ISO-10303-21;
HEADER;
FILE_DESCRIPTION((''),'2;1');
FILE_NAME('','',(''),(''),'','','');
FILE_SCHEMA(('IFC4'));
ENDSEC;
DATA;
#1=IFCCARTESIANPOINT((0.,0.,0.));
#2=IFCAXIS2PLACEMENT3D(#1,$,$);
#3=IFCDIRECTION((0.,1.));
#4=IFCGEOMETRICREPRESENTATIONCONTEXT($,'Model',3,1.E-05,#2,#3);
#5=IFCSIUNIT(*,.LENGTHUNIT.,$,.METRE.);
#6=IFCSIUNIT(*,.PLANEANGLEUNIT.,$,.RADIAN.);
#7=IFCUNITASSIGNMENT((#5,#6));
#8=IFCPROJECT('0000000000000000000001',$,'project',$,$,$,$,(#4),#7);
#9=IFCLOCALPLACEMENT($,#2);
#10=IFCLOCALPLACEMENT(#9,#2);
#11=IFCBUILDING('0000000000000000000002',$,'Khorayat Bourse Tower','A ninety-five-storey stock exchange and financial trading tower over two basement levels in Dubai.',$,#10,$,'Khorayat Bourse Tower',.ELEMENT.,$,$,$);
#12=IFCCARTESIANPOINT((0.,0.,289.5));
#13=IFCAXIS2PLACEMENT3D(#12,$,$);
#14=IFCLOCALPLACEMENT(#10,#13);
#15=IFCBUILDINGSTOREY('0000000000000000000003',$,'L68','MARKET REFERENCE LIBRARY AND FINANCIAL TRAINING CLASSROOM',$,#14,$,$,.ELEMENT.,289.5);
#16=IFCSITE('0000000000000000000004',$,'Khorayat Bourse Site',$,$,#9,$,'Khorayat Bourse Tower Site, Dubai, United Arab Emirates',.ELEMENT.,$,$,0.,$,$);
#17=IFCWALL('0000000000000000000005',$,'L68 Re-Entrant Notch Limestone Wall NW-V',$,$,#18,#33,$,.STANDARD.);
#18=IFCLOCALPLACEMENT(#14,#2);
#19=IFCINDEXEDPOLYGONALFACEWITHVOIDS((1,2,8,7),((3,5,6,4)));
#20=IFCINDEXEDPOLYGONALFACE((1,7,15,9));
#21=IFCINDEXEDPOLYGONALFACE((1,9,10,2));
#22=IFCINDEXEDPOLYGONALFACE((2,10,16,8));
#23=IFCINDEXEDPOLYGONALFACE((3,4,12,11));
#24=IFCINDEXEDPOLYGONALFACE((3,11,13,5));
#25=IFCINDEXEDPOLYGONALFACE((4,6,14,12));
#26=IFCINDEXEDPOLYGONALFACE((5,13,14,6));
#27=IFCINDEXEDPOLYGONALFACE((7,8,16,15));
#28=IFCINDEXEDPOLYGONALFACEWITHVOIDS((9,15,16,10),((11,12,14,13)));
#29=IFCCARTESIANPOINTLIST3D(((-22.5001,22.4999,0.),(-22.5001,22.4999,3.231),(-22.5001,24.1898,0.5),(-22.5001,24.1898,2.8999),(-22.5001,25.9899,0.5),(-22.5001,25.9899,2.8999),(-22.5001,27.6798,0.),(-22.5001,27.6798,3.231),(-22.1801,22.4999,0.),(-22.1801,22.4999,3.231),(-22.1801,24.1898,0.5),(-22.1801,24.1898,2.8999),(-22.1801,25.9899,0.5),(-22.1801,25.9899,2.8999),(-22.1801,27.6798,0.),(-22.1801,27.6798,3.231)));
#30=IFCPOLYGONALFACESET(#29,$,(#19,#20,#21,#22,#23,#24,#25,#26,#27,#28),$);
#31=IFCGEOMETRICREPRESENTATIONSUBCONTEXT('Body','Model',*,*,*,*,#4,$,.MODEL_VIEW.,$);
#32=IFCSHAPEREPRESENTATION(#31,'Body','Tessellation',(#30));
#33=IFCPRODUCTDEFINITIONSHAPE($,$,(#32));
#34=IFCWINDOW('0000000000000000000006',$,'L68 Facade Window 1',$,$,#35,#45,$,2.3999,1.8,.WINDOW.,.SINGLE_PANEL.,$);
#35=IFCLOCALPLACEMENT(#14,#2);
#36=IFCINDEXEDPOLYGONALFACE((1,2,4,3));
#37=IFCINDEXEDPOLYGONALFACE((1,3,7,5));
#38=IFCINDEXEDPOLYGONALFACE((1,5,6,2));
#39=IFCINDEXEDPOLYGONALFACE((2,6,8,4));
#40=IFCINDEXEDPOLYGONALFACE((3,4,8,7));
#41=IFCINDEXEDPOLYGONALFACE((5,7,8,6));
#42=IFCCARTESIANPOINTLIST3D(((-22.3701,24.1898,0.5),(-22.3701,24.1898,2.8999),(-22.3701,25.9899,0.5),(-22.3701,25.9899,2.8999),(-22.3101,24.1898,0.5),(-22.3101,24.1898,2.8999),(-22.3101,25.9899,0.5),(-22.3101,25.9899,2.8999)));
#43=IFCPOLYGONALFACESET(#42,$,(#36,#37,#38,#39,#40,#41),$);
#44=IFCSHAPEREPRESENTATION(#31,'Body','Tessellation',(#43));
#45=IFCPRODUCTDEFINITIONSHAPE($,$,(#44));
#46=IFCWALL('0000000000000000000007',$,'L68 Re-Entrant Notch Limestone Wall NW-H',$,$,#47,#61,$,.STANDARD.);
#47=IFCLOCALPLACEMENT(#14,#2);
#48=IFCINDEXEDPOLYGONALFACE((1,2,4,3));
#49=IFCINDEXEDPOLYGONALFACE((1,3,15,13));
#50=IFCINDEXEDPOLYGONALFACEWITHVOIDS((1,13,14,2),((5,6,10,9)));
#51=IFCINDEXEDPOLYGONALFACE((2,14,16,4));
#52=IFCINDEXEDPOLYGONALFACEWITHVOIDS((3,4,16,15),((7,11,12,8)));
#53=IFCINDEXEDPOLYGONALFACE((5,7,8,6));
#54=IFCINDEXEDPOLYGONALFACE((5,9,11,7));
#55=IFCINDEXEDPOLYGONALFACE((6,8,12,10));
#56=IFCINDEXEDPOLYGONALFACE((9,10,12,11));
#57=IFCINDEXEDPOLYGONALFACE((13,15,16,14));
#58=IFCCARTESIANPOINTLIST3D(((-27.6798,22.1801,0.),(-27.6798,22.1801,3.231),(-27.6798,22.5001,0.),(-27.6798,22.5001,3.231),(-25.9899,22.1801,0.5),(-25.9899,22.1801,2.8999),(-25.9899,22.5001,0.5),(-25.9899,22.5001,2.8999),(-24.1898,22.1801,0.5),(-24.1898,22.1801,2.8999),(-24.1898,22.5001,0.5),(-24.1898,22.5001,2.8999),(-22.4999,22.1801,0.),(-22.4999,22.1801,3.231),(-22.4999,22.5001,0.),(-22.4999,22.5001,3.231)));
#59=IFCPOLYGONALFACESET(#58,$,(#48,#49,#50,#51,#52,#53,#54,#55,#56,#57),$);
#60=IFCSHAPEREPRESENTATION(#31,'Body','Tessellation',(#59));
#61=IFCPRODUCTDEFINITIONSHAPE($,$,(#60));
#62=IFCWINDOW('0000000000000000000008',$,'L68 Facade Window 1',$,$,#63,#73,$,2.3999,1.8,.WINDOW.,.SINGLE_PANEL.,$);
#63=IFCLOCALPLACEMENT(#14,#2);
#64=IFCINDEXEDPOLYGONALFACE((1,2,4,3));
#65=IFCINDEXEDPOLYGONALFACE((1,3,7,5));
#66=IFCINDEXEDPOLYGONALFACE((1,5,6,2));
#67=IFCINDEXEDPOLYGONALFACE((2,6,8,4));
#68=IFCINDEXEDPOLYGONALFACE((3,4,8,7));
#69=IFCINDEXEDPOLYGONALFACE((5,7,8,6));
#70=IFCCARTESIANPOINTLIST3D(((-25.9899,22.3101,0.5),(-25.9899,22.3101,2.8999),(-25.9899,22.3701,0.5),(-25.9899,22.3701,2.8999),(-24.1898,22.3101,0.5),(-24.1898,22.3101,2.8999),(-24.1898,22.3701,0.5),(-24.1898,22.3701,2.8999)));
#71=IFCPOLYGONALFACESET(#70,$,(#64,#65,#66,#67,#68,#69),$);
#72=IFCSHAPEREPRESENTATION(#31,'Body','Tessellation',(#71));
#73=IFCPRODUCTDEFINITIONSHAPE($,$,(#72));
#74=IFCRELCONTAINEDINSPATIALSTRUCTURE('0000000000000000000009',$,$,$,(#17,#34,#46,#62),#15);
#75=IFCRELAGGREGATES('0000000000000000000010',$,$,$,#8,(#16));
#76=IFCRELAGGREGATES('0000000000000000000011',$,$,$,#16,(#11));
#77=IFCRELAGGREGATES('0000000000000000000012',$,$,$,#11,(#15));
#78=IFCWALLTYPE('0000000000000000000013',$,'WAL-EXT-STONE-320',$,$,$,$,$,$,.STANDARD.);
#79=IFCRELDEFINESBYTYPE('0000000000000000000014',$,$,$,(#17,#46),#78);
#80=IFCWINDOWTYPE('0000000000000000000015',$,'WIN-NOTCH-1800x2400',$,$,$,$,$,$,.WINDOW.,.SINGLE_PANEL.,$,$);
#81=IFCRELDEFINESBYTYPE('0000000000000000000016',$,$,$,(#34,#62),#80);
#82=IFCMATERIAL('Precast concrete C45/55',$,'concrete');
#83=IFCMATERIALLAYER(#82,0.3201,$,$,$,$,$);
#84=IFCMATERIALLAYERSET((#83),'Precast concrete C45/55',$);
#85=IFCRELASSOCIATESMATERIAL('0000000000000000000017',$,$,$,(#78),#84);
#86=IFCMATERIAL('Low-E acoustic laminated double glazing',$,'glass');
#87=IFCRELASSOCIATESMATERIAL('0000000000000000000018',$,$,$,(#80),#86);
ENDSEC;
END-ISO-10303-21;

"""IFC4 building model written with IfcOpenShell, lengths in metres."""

from ifc_helpers import new_model, si_unit, direction, frame, frame_2d, origin, place, context, subcontext, project, spatial, rectangle, extrude, source, transform, mapped, material, layer, layer_set, type_object, element, fill, save


model = new_model("IFC4")

# Units and contexts
model_context = context("Model", 3, precision=1e-05, world=origin(), true_north=direction((0.0, 1.0)))
body_context = subcontext(model_context, "Body", "Model", "MODEL_VIEW")
ifc_project = project(units=[si_unit("LENGTHUNIT", "METRE"), si_unit("PLANEANGLEUNIT", "RADIAN")], contexts=[model_context])

# Site, building, storey
site_placement = place(None, origin())
site = spatial("IfcSite", under=ifc_project, at=site_placement, Name="Khorayat Bourse Site", LongName="Khorayat Bourse Tower Site, Dubai, United Arab Emirates", CompositionType="ELEMENT", RefElevation=0.0)
building_placement = place(site_placement, origin())
building = spatial("IfcBuilding", under=site, at=building_placement, Name="Khorayat Bourse Tower", Description="A ninety-five-storey stock exchange and financial trading tower over two basement levels in Dubai.", LongName="Khorayat Bourse Tower", CompositionType="ELEMENT")
storey_placement = place(building_placement, frame((0.0, 0.0, 289.5)))
storey = spatial("IfcBuildingStorey", under=building, at=storey_placement, Name="L68", Description="MARKET REFERENCE LIBRARY AND FINANCIAL TRAINING CLASSROOM", CompositionType="ELEMENT", Elevation=289.5)

# Walls, openings, windows
ifc_material_1 = material(Name="Precast concrete C45/55", Category="concrete")
ifc_layer_1 = layer(ifc_material_1, 0.3201)
ifc_layer_set_1 = layer_set([ifc_layer_1], Name="Precast concrete C45/55")
wall_type = type_object("IfcWallType", Name="WAL-EXT-STONE-320", PredefinedType="STANDARD", material=ifc_layer_set_1)
shared_shape_1 = source(origin(), body_context, "Body", "SweptSolid", [
    extrude(rectangle(XDim=5.1799, YDim=0.3201, at=frame_2d((2.5898, 0.0))), origin(), (0.0, 0.0, 1.0), 3.231),
])
wall_1_placement = place(storey_placement, frame((-22.3401, 22.5, 0.0), z_axis=(0.0, 0.0, 1.0), x_axis=(0.0, 1.0, 0.0)))
wall_1 = element("IfcWall", 1, at=wall_1_placement, inside=storey, type_object=wall_type, Name="L68 Re-Entrant Notch Limestone Wall NW-V", PredefinedType="STANDARD", context=body_context, shape_type="MappedRepresentation", body=[
    mapped(shared_shape_1, transform((0.0, 0.0, 0.0), scale=1.0)),
])
shared_shape_2 = source(origin(), body_context, "Body", "SweptSolid", [
    extrude(rectangle(XDim=1.8, YDim=2.3999, at=frame_2d((0.8999, 1.2))), frame((0.0, 0.1699, 0.0), z_axis=(0.0, -1.0, 0.0), x_axis=(1.0, 0.0, 0.0)), (0.0, 0.0, 1.0), 0.3401),
])
opening_1_placement = place(wall_1_placement, frame((1.6899, 0.0, 0.5)))
opening_1 = element("IfcOpeningElement", 2, at=opening_1_placement, cuts=wall_1, PredefinedType="OPENING", context=body_context, shape_type="MappedRepresentation", body=[
    mapped(shared_shape_2, transform((0.0, 0.0, 0.0), scale=1.0)),
])
ifc_material_2 = material(Name="Low-E acoustic laminated double glazing", Category="glass")
window_type = type_object("IfcWindowType", Name="WIN-NOTCH-1800x2400", PartitioningType="SINGLE_PANEL", PredefinedType="WINDOW", material=ifc_material_2)
shared_shape_3 = source(origin(), body_context, "Body", "SweptSolid", [
    extrude(rectangle(XDim=1.8, YDim=2.3999, at=frame_2d((0.8999, 1.2))), frame((0.0, 0.03, 0.0), z_axis=(0.0, -1.0, 0.0), x_axis=(1.0, 0.0, 0.0)), (0.0, 0.0, 1.0), 0.0601),
])
window_1_placement = place(opening_1_placement, origin())
window_1 = element("IfcWindow", 3, at=window_1_placement, inside=storey, type_object=window_type, Name="L68 Facade Window 1", OverallHeight=2.3999, OverallWidth=1.8, PartitioningType="SINGLE_PANEL", PredefinedType="WINDOW", context=body_context, shape_type="MappedRepresentation", body=[
    mapped(shared_shape_3, transform((0.0, 0.0, 0.0), scale=1.0)),
])
fill(opening_1, window_1)
wall_2_placement = place(storey_placement, frame((-22.5, 22.3401, 0.0), z_axis=(0.0, 0.0, 1.0), x_axis=(-1.0, 0.0, 0.0)))
wall_2 = element("IfcWall", 4, at=wall_2_placement, inside=storey, type_object=wall_type, Name="L68 Re-Entrant Notch Limestone Wall NW-H", PredefinedType="STANDARD", context=body_context, shape_type="MappedRepresentation", body=[
    mapped(shared_shape_1, transform((0.0, 0.0, 0.0), scale=1.0)),
])
opening_2_placement = place(wall_2_placement, frame((1.6899, 0.0, 0.5)))
opening_2 = element("IfcOpeningElement", 5, at=opening_2_placement, cuts=wall_2, PredefinedType="OPENING", context=body_context, shape_type="MappedRepresentation", body=[
    mapped(shared_shape_2, transform((0.0, 0.0, 0.0), scale=1.0)),
])
window_2_placement = place(opening_2_placement, origin())
window_2 = element("IfcWindow", 6, at=window_2_placement, inside=storey, type_object=window_type, Name="L68 Facade Window 1", OverallHeight=2.3999, OverallWidth=1.8, PartitioningType="SINGLE_PANEL", PredefinedType="WINDOW", context=body_context, shape_type="MappedRepresentation", body=[
    mapped(shared_shape_3, transform((0.0, 0.0, 0.0), scale=1.0)),
])
fill(opening_2, window_2)

save(model, "model.ifc")
